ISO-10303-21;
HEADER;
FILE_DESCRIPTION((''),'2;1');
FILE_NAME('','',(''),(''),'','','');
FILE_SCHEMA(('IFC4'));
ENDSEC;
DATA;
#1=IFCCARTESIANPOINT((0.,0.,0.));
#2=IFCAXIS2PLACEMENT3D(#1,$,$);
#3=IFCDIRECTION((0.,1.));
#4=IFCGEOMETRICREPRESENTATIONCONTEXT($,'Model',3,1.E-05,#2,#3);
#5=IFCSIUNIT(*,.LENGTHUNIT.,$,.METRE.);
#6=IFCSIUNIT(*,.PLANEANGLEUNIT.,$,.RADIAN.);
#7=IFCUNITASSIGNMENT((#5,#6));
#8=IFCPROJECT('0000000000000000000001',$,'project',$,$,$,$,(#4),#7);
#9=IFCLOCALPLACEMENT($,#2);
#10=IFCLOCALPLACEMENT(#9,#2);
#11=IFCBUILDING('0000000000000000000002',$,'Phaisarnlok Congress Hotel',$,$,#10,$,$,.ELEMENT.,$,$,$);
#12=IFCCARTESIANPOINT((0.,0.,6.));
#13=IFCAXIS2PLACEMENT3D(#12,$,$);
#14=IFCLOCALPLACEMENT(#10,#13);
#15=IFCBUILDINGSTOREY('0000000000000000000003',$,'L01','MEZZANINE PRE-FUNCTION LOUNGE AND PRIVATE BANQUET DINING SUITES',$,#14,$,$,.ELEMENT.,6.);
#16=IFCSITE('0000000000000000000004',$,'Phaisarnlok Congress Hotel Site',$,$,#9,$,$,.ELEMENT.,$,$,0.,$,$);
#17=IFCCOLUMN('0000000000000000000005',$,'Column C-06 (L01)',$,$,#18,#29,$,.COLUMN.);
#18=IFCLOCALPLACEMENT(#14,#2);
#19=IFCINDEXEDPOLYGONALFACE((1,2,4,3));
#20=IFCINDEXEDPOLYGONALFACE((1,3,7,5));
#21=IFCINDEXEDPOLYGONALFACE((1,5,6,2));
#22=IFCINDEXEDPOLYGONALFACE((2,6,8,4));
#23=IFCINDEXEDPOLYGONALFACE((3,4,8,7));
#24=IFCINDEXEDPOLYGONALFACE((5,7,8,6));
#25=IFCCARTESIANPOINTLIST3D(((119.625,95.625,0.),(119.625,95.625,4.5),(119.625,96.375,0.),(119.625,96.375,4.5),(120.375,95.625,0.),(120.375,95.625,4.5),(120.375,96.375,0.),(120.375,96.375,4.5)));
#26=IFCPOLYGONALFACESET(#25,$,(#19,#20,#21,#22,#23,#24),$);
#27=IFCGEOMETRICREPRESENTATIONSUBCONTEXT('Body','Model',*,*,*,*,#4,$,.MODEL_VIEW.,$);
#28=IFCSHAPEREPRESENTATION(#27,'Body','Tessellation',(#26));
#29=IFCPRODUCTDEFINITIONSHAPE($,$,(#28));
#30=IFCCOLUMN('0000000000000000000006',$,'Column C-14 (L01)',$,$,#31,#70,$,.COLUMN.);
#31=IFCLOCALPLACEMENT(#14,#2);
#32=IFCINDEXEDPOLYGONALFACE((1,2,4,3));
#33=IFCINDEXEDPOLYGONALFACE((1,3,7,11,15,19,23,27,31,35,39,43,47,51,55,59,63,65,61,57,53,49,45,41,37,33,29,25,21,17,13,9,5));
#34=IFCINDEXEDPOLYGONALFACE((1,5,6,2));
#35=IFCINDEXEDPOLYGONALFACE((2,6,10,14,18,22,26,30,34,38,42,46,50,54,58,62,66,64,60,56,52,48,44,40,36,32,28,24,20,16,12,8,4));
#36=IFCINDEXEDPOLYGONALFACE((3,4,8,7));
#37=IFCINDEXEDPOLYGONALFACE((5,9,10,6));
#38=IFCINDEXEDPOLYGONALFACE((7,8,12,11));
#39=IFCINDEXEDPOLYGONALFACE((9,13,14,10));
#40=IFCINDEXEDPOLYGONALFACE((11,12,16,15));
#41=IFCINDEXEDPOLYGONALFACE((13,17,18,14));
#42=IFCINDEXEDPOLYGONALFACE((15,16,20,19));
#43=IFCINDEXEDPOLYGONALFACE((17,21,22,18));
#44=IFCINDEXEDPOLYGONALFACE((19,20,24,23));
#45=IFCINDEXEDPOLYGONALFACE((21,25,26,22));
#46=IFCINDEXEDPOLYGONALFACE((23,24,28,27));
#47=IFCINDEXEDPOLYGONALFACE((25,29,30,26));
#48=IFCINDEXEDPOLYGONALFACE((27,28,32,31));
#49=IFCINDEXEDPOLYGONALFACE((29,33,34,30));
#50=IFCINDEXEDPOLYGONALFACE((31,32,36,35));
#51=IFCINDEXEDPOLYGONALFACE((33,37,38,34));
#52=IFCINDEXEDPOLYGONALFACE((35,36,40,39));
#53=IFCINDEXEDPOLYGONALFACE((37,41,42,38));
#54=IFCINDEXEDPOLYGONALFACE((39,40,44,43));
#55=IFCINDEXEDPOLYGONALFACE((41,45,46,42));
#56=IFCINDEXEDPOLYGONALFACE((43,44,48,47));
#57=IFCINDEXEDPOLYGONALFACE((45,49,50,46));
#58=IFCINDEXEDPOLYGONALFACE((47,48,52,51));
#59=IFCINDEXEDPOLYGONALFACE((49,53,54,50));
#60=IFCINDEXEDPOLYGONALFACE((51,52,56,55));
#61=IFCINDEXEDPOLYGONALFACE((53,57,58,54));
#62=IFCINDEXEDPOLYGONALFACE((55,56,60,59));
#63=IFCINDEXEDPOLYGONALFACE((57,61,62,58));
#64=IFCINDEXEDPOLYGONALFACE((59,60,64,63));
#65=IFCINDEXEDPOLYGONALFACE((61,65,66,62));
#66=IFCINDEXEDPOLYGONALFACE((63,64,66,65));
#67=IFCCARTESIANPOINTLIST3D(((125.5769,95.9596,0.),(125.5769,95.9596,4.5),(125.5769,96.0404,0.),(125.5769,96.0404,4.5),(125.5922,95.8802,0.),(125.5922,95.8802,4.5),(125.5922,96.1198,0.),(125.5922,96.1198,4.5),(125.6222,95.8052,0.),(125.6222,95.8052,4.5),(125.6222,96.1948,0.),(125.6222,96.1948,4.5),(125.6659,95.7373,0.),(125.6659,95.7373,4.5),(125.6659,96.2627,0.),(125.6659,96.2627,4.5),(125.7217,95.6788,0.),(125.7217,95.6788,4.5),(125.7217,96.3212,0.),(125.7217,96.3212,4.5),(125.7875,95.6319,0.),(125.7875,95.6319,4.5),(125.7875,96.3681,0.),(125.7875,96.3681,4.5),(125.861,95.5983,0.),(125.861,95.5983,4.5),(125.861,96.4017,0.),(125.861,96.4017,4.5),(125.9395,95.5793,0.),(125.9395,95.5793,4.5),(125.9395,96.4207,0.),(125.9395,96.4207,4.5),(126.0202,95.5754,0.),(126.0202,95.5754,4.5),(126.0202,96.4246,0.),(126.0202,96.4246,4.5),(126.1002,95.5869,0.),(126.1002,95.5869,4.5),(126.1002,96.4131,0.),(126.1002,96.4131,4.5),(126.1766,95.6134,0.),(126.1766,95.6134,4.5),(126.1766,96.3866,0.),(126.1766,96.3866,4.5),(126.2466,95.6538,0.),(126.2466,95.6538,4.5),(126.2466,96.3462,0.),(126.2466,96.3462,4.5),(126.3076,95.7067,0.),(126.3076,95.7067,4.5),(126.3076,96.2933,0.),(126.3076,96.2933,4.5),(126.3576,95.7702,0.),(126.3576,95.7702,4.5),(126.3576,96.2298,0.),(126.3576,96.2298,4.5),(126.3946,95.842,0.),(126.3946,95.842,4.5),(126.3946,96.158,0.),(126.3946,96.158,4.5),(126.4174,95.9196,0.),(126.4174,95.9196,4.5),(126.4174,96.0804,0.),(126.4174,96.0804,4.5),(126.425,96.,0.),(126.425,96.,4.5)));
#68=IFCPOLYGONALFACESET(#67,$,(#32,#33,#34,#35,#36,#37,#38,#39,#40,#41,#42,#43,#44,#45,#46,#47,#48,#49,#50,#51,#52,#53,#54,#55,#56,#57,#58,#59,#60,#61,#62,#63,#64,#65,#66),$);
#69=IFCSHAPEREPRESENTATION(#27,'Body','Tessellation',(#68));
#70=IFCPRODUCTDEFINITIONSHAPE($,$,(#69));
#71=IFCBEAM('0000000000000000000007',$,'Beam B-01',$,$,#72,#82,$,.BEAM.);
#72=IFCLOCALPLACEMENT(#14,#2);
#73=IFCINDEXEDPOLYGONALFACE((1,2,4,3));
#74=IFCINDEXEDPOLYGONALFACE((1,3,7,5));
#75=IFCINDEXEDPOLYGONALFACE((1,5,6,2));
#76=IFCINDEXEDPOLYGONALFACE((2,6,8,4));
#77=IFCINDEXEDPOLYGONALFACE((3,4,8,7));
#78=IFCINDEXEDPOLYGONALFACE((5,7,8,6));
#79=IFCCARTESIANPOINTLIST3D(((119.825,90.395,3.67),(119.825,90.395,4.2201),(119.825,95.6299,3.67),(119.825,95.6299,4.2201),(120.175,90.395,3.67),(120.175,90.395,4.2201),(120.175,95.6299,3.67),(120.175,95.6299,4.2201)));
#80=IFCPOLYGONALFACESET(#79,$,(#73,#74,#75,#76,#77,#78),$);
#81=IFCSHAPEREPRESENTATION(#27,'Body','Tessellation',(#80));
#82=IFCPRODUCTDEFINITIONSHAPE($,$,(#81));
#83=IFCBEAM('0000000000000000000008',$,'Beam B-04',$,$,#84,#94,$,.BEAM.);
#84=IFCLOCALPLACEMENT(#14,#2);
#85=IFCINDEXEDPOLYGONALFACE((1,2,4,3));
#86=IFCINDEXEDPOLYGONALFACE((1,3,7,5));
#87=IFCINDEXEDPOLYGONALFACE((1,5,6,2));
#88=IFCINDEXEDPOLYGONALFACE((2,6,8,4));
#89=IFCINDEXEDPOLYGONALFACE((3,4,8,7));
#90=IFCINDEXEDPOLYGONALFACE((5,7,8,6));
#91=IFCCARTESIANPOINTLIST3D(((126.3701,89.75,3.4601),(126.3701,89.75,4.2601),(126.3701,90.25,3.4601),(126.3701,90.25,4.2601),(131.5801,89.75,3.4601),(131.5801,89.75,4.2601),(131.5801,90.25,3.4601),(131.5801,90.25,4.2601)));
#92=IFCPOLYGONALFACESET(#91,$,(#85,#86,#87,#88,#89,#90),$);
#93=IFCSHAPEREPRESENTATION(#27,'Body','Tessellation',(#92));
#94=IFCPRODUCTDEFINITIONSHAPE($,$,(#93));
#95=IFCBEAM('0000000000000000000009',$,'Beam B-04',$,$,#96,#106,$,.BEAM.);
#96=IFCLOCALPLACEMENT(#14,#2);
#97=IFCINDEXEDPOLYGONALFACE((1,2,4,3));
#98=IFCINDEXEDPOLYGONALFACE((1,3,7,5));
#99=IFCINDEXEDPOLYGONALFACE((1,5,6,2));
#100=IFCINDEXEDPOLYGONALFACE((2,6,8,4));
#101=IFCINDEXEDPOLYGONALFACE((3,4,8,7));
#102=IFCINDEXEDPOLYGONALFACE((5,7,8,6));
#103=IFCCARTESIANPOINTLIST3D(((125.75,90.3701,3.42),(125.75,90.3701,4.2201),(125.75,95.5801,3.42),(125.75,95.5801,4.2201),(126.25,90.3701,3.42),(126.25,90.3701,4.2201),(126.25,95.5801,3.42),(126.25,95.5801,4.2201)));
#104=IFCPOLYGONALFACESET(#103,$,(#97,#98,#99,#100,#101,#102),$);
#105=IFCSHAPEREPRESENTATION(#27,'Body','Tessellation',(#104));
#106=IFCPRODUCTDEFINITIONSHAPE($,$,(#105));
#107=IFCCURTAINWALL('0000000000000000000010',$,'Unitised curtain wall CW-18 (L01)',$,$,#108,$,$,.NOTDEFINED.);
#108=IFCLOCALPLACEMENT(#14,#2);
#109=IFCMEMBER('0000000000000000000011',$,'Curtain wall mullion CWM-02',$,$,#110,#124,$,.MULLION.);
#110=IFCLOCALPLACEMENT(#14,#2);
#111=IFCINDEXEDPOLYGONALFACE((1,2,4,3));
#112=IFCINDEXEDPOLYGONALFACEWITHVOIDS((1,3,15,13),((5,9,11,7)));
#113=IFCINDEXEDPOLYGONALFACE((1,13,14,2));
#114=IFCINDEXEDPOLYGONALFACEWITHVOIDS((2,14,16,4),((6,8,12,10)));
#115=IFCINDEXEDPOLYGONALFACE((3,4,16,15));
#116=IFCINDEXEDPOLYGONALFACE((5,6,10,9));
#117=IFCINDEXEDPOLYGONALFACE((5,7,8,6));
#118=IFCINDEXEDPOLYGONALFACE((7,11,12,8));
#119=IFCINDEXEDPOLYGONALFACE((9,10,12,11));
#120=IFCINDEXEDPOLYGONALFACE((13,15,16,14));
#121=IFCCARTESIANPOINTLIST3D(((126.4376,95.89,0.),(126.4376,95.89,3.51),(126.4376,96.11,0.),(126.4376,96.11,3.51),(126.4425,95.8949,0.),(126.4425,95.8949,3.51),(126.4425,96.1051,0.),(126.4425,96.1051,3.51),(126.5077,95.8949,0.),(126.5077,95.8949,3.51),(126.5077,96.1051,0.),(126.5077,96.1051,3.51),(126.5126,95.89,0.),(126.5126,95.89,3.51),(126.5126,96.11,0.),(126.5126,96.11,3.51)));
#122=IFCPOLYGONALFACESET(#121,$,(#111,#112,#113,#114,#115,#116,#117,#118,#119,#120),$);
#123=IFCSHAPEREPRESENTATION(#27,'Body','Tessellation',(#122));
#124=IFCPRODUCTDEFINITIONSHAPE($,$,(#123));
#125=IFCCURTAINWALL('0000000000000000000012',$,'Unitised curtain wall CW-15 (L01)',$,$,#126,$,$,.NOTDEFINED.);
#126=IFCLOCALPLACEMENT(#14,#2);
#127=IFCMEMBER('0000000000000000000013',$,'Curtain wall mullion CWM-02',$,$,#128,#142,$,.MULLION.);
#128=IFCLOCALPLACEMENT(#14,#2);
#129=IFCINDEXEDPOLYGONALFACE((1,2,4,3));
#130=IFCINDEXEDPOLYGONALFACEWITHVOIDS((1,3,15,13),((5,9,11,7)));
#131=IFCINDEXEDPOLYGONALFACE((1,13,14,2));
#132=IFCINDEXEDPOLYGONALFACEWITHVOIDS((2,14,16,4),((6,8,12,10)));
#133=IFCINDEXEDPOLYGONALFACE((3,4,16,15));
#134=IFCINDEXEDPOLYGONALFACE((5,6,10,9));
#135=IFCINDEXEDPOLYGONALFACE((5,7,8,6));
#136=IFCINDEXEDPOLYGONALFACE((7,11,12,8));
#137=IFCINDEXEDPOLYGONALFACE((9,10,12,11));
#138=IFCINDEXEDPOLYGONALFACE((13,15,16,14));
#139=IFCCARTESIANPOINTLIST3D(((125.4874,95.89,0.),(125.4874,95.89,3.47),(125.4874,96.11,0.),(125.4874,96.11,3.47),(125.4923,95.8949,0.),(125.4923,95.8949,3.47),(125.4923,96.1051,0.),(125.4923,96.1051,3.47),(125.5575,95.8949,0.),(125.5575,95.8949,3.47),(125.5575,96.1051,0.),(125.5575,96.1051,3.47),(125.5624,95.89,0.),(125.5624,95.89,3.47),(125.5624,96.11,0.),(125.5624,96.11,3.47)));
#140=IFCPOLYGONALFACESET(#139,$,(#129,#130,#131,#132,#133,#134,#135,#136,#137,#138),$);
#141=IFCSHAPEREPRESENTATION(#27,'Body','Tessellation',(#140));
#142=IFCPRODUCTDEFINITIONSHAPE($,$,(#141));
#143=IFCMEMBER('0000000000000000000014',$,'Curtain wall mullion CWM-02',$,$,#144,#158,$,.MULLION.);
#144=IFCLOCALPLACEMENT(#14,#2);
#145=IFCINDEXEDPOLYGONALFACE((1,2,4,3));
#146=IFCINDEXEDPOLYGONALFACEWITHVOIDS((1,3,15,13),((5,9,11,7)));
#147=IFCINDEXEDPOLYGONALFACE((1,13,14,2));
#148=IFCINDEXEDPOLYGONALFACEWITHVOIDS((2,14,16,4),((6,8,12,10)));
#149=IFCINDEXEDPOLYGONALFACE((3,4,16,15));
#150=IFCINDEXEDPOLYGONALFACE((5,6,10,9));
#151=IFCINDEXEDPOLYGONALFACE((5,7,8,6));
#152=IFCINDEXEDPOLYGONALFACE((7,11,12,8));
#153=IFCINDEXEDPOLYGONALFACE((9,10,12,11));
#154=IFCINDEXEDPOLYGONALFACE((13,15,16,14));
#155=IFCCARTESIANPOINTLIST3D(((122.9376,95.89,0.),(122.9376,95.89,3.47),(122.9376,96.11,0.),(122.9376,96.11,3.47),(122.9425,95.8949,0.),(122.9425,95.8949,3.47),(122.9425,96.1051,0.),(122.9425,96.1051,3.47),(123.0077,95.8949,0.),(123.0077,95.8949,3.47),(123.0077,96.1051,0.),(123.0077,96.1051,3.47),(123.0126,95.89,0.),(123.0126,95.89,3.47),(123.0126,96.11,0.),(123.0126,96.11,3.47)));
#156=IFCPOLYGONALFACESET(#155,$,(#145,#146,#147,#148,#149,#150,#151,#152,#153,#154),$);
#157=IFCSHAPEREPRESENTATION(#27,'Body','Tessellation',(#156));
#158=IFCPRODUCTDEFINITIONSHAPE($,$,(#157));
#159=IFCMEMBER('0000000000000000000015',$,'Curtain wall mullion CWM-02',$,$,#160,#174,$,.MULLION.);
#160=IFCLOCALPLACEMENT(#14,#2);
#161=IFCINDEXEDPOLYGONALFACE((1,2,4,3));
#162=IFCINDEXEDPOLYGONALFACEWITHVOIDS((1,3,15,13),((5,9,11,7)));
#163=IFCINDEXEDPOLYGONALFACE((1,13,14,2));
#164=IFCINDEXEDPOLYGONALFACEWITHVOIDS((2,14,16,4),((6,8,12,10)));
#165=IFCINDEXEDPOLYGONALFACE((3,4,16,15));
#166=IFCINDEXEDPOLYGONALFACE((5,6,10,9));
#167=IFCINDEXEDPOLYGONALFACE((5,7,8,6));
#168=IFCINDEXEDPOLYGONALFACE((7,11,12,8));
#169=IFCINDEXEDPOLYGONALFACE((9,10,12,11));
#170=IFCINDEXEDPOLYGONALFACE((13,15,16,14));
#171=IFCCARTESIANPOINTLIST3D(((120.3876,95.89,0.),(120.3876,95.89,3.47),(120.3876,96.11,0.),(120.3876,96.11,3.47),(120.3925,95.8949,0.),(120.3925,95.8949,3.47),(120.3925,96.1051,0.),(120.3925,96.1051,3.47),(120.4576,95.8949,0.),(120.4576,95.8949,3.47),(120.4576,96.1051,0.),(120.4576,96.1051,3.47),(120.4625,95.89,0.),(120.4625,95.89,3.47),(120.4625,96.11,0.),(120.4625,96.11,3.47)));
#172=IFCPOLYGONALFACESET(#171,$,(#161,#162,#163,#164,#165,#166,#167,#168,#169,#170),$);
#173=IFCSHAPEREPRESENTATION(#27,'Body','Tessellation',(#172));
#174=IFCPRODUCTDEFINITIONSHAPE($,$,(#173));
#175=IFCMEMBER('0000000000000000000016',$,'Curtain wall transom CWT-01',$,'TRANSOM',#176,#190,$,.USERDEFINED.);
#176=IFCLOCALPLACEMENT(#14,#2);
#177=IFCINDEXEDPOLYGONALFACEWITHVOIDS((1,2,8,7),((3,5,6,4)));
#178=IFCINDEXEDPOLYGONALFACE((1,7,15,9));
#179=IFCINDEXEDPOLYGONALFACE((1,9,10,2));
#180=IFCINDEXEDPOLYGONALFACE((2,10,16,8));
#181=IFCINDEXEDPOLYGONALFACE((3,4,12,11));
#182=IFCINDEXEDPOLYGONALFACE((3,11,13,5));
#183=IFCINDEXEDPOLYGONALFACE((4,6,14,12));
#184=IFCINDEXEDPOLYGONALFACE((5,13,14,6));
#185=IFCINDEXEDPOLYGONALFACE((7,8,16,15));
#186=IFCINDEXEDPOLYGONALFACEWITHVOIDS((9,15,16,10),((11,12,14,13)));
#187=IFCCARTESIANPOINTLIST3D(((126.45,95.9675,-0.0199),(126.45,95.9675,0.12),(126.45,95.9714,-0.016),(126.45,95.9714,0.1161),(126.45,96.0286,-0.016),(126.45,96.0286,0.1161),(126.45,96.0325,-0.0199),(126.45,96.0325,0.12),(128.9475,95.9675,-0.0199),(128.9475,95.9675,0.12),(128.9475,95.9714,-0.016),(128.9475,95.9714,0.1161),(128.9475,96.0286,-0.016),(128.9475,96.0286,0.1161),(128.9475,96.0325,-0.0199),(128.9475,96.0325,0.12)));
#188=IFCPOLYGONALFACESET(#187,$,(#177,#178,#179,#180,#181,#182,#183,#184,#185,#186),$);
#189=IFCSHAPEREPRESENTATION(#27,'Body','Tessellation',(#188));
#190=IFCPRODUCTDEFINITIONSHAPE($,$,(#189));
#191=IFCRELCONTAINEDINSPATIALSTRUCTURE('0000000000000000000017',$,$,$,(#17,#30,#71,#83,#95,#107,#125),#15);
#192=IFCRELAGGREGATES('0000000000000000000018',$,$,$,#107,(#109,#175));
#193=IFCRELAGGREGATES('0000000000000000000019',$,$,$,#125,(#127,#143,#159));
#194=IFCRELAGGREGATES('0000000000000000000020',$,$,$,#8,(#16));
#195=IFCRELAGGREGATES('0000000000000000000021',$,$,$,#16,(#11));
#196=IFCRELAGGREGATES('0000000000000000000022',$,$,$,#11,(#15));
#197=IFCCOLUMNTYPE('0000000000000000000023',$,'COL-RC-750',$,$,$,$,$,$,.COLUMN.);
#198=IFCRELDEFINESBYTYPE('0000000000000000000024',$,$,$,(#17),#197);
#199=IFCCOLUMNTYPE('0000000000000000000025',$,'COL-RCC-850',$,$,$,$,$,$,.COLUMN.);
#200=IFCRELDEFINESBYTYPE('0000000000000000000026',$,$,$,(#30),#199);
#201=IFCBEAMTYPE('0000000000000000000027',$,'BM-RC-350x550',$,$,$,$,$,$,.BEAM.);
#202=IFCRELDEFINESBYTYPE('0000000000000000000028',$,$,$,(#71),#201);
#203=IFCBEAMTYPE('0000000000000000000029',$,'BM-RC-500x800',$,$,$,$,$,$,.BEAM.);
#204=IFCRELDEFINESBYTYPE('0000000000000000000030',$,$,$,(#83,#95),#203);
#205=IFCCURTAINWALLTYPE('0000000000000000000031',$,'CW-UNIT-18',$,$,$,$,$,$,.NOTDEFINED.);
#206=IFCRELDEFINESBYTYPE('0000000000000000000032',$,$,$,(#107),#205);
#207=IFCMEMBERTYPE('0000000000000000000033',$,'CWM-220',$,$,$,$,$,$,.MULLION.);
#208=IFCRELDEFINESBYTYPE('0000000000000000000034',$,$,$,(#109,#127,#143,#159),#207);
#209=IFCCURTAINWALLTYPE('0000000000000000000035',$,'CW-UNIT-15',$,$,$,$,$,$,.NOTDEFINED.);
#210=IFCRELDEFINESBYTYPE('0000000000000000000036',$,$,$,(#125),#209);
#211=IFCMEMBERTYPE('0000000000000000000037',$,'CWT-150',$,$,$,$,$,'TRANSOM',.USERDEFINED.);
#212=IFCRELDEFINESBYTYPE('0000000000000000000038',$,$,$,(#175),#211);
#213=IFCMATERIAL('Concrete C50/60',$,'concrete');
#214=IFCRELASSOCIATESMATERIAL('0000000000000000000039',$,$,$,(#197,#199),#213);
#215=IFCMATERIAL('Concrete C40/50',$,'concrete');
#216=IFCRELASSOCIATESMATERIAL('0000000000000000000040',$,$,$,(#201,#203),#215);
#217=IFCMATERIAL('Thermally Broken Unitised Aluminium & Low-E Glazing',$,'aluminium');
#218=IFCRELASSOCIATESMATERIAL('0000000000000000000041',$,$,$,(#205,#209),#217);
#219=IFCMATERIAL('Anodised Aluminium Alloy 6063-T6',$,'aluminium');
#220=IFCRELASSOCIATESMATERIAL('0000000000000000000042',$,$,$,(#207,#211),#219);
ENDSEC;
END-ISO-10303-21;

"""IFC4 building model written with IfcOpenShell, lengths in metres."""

from ifc_helpers import new_model, si_unit, direction, frame, origin, origin_2d, place, context, subcontext, project, spatial, rectangle, hollow_rectangle, circle, extrude, material, material_profile, profile_set, type_object, element, aggregate, save


model = new_model("IFC4")

# Units and contexts
model_context = context("Model", 3, precision=1e-05, world=origin(), true_north=direction((0.0, 1.0)))
body_context = subcontext(model_context, "Body", "Model", "MODEL_VIEW")
ifc_project = project(units=[si_unit("LENGTHUNIT", "METRE"), si_unit("PLANEANGLEUNIT", "RADIAN")], contexts=[model_context])

# Site, building, storey
site_placement = place(None, origin())
site = spatial("IfcSite", under=ifc_project, at=site_placement, Name="Phaisarnlok Congress Hotel Site", CompositionType="ELEMENT", RefElevation=0.0)
building_placement = place(site_placement, origin())
building = spatial("IfcBuilding", under=site, at=building_placement, Name="Phaisarnlok Congress Hotel", CompositionType="ELEMENT")
storey_placement = place(building_placement, frame((0.0, 0.0, 6.0)))
storey = spatial("IfcBuildingStorey", under=building, at=storey_placement, Name="L01", Description="MEZZANINE PRE-FUNCTION LOUNGE AND PRIVATE BANQUET DINING SUITES", CompositionType="ELEMENT", Elevation=6.0)

# Columns
ifc_material_1 = material(Name="Concrete C50/60", Category="concrete")
ifc_material_profile_1 = material_profile(ifc_material_1, rectangle(XDim=0.75, YDim=0.75, at=origin_2d()), Name="RC 750x750")
ifc_profile_set_1 = profile_set([ifc_material_profile_1], Name="Concrete C50/60")
column_type_1 = type_object("IfcColumnType", Name="COL-RC-750", PredefinedType="COLUMN", material=ifc_profile_set_1)
column_1_placement = place(storey_placement, frame((120.0, 96.0, 0.0), z_axis=(0.0, 0.0, 1.0), x_axis=(1.0, 0.0, 0.0)))
element("IfcColumn", 1, at=column_1_placement, inside=storey, type_object=column_type_1, Name="Column C-06 (L01)", PredefinedType="COLUMN", context=body_context, shape_type="SweptSolid", body=[
    extrude(rectangle(XDim=0.75, YDim=0.75, at=origin_2d()), origin(), (0.0, 0.0, 1.0), 4.5),
])
ifc_material_profile_2 = material_profile(ifc_material_1, circle(Radius=0.425, at=origin_2d()), Name="RCC D850")
ifc_profile_set_2 = profile_set([ifc_material_profile_2], Name="Concrete C50/60")
column_type_2 = type_object("IfcColumnType", Name="COL-RCC-850", PredefinedType="COLUMN", material=ifc_profile_set_2)
column_2_placement = place(storey_placement, frame((126.0, 96.0, 0.0), z_axis=(0.0, 0.0, 1.0), x_axis=(1.0, 0.0, 0.0)))
element("IfcColumn", 2, at=column_2_placement, inside=storey, type_object=column_type_2, Name="Column C-14 (L01)", PredefinedType="COLUMN", context=body_context, shape_type="SweptSolid", body=[
    extrude(circle(Radius=0.425, at=origin_2d()), origin(), (0.0, 0.0, 1.0), 4.5),
])

# Beams
ifc_material_2 = material(Name="Concrete C40/50", Category="concrete")
ifc_material_profile_3 = material_profile(ifc_material_2, rectangle(XDim=0.3501, YDim=0.55, at=origin_2d()), Name="RC 350x550")
ifc_profile_set_3 = profile_set([ifc_material_profile_3], Name="Concrete C40/50")
beam_type_1 = type_object("IfcBeamType", Name="BM-RC-350x550", PredefinedType="BEAM", material=ifc_profile_set_3)
beam_1_placement = place(storey_placement, frame((120.0, 90.395, 3.9451), z_axis=(0.0, 1.0, 0.0), x_axis=(-1.0, 0.0, 0.0)))
element("IfcBeam", 3, at=beam_1_placement, inside=storey, type_object=beam_type_1, Name="Beam B-01", PredefinedType="BEAM", context=body_context, shape_type="SweptSolid", body=[
    extrude(rectangle(XDim=0.3501, YDim=0.55, at=origin_2d()), origin(), (0.0, 0.0, 1.0), 5.2349),
])
ifc_material_profile_4 = material_profile(ifc_material_2, rectangle(XDim=0.5, YDim=0.8, at=origin_2d()), Name="RC 500x800")
ifc_profile_set_4 = profile_set([ifc_material_profile_4], Name="Concrete C40/50")
beam_type_2 = type_object("IfcBeamType", Name="BM-RC-500x800", PredefinedType="BEAM", material=ifc_profile_set_4)
for number, where, z_axis, x_axis, name in (
    (4, (126.3701, 90.0, 3.8601), (1.0, 0.0, 0.0), (0.0, 1.0, 0.0), "Beam B-04"),
    (5, (126.0, 90.3701, 3.8201), (0.0, 1.0, 0.0), (-1.0, 0.0, 0.0), "Beam B-04"),
):
    element("IfcBeam", number, at=place(storey_placement, frame(where, z_axis=z_axis, x_axis=x_axis)), inside=storey, type_object=beam_type_2, Name=name, PredefinedType="BEAM", context=body_context, shape_type="SweptSolid", body=[
        extrude(rectangle(XDim=0.5, YDim=0.8, at=origin_2d()), origin(), (0.0, 0.0, 1.0), 5.21),
    ])

# Curtain wall, member
ifc_material_3 = material(Name="Thermally Broken Unitised Aluminium & Low-E Glazing", Category="aluminium")
curtain_wall_type_1 = type_object("IfcCurtainWallType", Name="CW-UNIT-18", PredefinedType="NOTDEFINED", material=ifc_material_3)
curtain_wall_1_placement = place(storey_placement, origin())
curtain_wall_1 = element("IfcCurtainWall", 6, at=curtain_wall_1_placement, inside=storey, type_object=curtain_wall_type_1, Name="Unitised curtain wall CW-18 (L01)", PredefinedType="NOTDEFINED")
ifc_material_4 = material(Name="Anodised Aluminium Alloy 6063-T6", Category="aluminium")
ifc_material_profile_5 = material_profile(ifc_material_4, hollow_rectangle(XDim=0.075, YDim=0.22, WallThickness=0.0049, at=origin_2d()), Name="ALU-M 75x220x5")
ifc_profile_set_5 = profile_set([ifc_material_profile_5], Name="Anodised Aluminium Alloy 6063-T6")
member_type_1 = type_object("IfcMemberType", Name="CWM-220", PredefinedType="MULLION", material=ifc_profile_set_5)
member_1_placement = place(storey_placement, frame((126.4751, 96.0, 0.0), z_axis=(0.0, 0.0, 1.0), x_axis=(-1.0, 0.0, 0.0)))
member_1 = element("IfcMember", 7, at=member_1_placement, type_object=member_type_1, Name="Curtain wall mullion CWM-02", PredefinedType="MULLION", context=body_context, shape_type="SweptSolid", body=[
    extrude(hollow_rectangle(XDim=0.075, YDim=0.22, WallThickness=0.0049, at=origin_2d()), origin(), (0.0, 0.0, 1.0), 3.51),
])

# Curtain wall, members
curtain_wall_type_2 = type_object("IfcCurtainWallType", Name="CW-UNIT-15", PredefinedType="NOTDEFINED", material=ifc_material_3)
curtain_wall_2_placement = place(storey_placement, origin())
curtain_wall_2 = element("IfcCurtainWall", 8, at=curtain_wall_2_placement, inside=storey, type_object=curtain_wall_type_2, Name="Unitised curtain wall CW-15 (L01)", PredefinedType="NOTDEFINED")
member_2_placement = place(storey_placement, frame((125.5249, 96.0, 0.0), z_axis=(0.0, 0.0, 1.0), x_axis=(-1.0, 0.0, 0.0)))
member_2 = element("IfcMember", 9, at=member_2_placement, type_object=member_type_1, Name="Curtain wall mullion CWM-02", PredefinedType="MULLION", context=body_context, shape_type="SweptSolid", body=[
    extrude(hollow_rectangle(XDim=0.075, YDim=0.22, WallThickness=0.0049, at=origin_2d()), origin(), (0.0, 0.0, 1.0), 3.47),
])
member_3_placement = place(storey_placement, frame((122.9751, 96.0, 0.0), z_axis=(0.0, 0.0, 1.0), x_axis=(-1.0, 0.0, 0.0)))
member_3 = element("IfcMember", 10, at=member_3_placement, type_object=member_type_1, Name="Curtain wall mullion CWM-02", PredefinedType="MULLION", context=body_context, shape_type="SweptSolid", body=[
    extrude(hollow_rectangle(XDim=0.075, YDim=0.22, WallThickness=0.0049, at=origin_2d()), origin(), (0.0, 0.0, 1.0), 3.47),
])
member_4_placement = place(storey_placement, frame((120.425, 96.0, 0.0), z_axis=(0.0, 0.0, 1.0), x_axis=(-1.0, 0.0, 0.0)))
member_4 = element("IfcMember", 11, at=member_4_placement, type_object=member_type_1, Name="Curtain wall mullion CWM-02", PredefinedType="MULLION", context=body_context, shape_type="SweptSolid", body=[
    extrude(hollow_rectangle(XDim=0.075, YDim=0.22, WallThickness=0.0049, at=origin_2d()), origin(), (0.0, 0.0, 1.0), 3.47),
])

# Member
ifc_material_profile_6 = material_profile(ifc_material_4, hollow_rectangle(XDim=0.0649, YDim=0.1399, WallThickness=0.0039, at=origin_2d()), Name="ALU-T 65x140x4")
ifc_profile_set_6 = profile_set([ifc_material_profile_6], Name="Anodised Aluminium Alloy 6063-T6")
member_type_2 = type_object("IfcMemberType", Name="CWT-150", ElementType="TRANSOM", PredefinedType="USERDEFINED", material=ifc_profile_set_6)
member_5_placement = place(storey_placement, frame((128.9475, 96.0, 0.05), z_axis=(-1.0, 0.0, 0.0), x_axis=(0.0, -1.0, 0.0)))
member_5 = element("IfcMember", 12, at=member_5_placement, type_object=member_type_2, Name="Curtain wall transom CWT-01", ObjectType="TRANSOM", PredefinedType="USERDEFINED", context=body_context, shape_type="SweptSolid", body=[
    extrude(hollow_rectangle(XDim=0.0649, YDim=0.1399, WallThickness=0.0039, at=origin_2d()), origin(), (0.0, 0.0, 1.0), 2.4976),
])
aggregate(curtain_wall_1, [member_1, member_5])

aggregate(curtain_wall_2, [member_2, member_3, member_4])

save(model, "model.ifc")
